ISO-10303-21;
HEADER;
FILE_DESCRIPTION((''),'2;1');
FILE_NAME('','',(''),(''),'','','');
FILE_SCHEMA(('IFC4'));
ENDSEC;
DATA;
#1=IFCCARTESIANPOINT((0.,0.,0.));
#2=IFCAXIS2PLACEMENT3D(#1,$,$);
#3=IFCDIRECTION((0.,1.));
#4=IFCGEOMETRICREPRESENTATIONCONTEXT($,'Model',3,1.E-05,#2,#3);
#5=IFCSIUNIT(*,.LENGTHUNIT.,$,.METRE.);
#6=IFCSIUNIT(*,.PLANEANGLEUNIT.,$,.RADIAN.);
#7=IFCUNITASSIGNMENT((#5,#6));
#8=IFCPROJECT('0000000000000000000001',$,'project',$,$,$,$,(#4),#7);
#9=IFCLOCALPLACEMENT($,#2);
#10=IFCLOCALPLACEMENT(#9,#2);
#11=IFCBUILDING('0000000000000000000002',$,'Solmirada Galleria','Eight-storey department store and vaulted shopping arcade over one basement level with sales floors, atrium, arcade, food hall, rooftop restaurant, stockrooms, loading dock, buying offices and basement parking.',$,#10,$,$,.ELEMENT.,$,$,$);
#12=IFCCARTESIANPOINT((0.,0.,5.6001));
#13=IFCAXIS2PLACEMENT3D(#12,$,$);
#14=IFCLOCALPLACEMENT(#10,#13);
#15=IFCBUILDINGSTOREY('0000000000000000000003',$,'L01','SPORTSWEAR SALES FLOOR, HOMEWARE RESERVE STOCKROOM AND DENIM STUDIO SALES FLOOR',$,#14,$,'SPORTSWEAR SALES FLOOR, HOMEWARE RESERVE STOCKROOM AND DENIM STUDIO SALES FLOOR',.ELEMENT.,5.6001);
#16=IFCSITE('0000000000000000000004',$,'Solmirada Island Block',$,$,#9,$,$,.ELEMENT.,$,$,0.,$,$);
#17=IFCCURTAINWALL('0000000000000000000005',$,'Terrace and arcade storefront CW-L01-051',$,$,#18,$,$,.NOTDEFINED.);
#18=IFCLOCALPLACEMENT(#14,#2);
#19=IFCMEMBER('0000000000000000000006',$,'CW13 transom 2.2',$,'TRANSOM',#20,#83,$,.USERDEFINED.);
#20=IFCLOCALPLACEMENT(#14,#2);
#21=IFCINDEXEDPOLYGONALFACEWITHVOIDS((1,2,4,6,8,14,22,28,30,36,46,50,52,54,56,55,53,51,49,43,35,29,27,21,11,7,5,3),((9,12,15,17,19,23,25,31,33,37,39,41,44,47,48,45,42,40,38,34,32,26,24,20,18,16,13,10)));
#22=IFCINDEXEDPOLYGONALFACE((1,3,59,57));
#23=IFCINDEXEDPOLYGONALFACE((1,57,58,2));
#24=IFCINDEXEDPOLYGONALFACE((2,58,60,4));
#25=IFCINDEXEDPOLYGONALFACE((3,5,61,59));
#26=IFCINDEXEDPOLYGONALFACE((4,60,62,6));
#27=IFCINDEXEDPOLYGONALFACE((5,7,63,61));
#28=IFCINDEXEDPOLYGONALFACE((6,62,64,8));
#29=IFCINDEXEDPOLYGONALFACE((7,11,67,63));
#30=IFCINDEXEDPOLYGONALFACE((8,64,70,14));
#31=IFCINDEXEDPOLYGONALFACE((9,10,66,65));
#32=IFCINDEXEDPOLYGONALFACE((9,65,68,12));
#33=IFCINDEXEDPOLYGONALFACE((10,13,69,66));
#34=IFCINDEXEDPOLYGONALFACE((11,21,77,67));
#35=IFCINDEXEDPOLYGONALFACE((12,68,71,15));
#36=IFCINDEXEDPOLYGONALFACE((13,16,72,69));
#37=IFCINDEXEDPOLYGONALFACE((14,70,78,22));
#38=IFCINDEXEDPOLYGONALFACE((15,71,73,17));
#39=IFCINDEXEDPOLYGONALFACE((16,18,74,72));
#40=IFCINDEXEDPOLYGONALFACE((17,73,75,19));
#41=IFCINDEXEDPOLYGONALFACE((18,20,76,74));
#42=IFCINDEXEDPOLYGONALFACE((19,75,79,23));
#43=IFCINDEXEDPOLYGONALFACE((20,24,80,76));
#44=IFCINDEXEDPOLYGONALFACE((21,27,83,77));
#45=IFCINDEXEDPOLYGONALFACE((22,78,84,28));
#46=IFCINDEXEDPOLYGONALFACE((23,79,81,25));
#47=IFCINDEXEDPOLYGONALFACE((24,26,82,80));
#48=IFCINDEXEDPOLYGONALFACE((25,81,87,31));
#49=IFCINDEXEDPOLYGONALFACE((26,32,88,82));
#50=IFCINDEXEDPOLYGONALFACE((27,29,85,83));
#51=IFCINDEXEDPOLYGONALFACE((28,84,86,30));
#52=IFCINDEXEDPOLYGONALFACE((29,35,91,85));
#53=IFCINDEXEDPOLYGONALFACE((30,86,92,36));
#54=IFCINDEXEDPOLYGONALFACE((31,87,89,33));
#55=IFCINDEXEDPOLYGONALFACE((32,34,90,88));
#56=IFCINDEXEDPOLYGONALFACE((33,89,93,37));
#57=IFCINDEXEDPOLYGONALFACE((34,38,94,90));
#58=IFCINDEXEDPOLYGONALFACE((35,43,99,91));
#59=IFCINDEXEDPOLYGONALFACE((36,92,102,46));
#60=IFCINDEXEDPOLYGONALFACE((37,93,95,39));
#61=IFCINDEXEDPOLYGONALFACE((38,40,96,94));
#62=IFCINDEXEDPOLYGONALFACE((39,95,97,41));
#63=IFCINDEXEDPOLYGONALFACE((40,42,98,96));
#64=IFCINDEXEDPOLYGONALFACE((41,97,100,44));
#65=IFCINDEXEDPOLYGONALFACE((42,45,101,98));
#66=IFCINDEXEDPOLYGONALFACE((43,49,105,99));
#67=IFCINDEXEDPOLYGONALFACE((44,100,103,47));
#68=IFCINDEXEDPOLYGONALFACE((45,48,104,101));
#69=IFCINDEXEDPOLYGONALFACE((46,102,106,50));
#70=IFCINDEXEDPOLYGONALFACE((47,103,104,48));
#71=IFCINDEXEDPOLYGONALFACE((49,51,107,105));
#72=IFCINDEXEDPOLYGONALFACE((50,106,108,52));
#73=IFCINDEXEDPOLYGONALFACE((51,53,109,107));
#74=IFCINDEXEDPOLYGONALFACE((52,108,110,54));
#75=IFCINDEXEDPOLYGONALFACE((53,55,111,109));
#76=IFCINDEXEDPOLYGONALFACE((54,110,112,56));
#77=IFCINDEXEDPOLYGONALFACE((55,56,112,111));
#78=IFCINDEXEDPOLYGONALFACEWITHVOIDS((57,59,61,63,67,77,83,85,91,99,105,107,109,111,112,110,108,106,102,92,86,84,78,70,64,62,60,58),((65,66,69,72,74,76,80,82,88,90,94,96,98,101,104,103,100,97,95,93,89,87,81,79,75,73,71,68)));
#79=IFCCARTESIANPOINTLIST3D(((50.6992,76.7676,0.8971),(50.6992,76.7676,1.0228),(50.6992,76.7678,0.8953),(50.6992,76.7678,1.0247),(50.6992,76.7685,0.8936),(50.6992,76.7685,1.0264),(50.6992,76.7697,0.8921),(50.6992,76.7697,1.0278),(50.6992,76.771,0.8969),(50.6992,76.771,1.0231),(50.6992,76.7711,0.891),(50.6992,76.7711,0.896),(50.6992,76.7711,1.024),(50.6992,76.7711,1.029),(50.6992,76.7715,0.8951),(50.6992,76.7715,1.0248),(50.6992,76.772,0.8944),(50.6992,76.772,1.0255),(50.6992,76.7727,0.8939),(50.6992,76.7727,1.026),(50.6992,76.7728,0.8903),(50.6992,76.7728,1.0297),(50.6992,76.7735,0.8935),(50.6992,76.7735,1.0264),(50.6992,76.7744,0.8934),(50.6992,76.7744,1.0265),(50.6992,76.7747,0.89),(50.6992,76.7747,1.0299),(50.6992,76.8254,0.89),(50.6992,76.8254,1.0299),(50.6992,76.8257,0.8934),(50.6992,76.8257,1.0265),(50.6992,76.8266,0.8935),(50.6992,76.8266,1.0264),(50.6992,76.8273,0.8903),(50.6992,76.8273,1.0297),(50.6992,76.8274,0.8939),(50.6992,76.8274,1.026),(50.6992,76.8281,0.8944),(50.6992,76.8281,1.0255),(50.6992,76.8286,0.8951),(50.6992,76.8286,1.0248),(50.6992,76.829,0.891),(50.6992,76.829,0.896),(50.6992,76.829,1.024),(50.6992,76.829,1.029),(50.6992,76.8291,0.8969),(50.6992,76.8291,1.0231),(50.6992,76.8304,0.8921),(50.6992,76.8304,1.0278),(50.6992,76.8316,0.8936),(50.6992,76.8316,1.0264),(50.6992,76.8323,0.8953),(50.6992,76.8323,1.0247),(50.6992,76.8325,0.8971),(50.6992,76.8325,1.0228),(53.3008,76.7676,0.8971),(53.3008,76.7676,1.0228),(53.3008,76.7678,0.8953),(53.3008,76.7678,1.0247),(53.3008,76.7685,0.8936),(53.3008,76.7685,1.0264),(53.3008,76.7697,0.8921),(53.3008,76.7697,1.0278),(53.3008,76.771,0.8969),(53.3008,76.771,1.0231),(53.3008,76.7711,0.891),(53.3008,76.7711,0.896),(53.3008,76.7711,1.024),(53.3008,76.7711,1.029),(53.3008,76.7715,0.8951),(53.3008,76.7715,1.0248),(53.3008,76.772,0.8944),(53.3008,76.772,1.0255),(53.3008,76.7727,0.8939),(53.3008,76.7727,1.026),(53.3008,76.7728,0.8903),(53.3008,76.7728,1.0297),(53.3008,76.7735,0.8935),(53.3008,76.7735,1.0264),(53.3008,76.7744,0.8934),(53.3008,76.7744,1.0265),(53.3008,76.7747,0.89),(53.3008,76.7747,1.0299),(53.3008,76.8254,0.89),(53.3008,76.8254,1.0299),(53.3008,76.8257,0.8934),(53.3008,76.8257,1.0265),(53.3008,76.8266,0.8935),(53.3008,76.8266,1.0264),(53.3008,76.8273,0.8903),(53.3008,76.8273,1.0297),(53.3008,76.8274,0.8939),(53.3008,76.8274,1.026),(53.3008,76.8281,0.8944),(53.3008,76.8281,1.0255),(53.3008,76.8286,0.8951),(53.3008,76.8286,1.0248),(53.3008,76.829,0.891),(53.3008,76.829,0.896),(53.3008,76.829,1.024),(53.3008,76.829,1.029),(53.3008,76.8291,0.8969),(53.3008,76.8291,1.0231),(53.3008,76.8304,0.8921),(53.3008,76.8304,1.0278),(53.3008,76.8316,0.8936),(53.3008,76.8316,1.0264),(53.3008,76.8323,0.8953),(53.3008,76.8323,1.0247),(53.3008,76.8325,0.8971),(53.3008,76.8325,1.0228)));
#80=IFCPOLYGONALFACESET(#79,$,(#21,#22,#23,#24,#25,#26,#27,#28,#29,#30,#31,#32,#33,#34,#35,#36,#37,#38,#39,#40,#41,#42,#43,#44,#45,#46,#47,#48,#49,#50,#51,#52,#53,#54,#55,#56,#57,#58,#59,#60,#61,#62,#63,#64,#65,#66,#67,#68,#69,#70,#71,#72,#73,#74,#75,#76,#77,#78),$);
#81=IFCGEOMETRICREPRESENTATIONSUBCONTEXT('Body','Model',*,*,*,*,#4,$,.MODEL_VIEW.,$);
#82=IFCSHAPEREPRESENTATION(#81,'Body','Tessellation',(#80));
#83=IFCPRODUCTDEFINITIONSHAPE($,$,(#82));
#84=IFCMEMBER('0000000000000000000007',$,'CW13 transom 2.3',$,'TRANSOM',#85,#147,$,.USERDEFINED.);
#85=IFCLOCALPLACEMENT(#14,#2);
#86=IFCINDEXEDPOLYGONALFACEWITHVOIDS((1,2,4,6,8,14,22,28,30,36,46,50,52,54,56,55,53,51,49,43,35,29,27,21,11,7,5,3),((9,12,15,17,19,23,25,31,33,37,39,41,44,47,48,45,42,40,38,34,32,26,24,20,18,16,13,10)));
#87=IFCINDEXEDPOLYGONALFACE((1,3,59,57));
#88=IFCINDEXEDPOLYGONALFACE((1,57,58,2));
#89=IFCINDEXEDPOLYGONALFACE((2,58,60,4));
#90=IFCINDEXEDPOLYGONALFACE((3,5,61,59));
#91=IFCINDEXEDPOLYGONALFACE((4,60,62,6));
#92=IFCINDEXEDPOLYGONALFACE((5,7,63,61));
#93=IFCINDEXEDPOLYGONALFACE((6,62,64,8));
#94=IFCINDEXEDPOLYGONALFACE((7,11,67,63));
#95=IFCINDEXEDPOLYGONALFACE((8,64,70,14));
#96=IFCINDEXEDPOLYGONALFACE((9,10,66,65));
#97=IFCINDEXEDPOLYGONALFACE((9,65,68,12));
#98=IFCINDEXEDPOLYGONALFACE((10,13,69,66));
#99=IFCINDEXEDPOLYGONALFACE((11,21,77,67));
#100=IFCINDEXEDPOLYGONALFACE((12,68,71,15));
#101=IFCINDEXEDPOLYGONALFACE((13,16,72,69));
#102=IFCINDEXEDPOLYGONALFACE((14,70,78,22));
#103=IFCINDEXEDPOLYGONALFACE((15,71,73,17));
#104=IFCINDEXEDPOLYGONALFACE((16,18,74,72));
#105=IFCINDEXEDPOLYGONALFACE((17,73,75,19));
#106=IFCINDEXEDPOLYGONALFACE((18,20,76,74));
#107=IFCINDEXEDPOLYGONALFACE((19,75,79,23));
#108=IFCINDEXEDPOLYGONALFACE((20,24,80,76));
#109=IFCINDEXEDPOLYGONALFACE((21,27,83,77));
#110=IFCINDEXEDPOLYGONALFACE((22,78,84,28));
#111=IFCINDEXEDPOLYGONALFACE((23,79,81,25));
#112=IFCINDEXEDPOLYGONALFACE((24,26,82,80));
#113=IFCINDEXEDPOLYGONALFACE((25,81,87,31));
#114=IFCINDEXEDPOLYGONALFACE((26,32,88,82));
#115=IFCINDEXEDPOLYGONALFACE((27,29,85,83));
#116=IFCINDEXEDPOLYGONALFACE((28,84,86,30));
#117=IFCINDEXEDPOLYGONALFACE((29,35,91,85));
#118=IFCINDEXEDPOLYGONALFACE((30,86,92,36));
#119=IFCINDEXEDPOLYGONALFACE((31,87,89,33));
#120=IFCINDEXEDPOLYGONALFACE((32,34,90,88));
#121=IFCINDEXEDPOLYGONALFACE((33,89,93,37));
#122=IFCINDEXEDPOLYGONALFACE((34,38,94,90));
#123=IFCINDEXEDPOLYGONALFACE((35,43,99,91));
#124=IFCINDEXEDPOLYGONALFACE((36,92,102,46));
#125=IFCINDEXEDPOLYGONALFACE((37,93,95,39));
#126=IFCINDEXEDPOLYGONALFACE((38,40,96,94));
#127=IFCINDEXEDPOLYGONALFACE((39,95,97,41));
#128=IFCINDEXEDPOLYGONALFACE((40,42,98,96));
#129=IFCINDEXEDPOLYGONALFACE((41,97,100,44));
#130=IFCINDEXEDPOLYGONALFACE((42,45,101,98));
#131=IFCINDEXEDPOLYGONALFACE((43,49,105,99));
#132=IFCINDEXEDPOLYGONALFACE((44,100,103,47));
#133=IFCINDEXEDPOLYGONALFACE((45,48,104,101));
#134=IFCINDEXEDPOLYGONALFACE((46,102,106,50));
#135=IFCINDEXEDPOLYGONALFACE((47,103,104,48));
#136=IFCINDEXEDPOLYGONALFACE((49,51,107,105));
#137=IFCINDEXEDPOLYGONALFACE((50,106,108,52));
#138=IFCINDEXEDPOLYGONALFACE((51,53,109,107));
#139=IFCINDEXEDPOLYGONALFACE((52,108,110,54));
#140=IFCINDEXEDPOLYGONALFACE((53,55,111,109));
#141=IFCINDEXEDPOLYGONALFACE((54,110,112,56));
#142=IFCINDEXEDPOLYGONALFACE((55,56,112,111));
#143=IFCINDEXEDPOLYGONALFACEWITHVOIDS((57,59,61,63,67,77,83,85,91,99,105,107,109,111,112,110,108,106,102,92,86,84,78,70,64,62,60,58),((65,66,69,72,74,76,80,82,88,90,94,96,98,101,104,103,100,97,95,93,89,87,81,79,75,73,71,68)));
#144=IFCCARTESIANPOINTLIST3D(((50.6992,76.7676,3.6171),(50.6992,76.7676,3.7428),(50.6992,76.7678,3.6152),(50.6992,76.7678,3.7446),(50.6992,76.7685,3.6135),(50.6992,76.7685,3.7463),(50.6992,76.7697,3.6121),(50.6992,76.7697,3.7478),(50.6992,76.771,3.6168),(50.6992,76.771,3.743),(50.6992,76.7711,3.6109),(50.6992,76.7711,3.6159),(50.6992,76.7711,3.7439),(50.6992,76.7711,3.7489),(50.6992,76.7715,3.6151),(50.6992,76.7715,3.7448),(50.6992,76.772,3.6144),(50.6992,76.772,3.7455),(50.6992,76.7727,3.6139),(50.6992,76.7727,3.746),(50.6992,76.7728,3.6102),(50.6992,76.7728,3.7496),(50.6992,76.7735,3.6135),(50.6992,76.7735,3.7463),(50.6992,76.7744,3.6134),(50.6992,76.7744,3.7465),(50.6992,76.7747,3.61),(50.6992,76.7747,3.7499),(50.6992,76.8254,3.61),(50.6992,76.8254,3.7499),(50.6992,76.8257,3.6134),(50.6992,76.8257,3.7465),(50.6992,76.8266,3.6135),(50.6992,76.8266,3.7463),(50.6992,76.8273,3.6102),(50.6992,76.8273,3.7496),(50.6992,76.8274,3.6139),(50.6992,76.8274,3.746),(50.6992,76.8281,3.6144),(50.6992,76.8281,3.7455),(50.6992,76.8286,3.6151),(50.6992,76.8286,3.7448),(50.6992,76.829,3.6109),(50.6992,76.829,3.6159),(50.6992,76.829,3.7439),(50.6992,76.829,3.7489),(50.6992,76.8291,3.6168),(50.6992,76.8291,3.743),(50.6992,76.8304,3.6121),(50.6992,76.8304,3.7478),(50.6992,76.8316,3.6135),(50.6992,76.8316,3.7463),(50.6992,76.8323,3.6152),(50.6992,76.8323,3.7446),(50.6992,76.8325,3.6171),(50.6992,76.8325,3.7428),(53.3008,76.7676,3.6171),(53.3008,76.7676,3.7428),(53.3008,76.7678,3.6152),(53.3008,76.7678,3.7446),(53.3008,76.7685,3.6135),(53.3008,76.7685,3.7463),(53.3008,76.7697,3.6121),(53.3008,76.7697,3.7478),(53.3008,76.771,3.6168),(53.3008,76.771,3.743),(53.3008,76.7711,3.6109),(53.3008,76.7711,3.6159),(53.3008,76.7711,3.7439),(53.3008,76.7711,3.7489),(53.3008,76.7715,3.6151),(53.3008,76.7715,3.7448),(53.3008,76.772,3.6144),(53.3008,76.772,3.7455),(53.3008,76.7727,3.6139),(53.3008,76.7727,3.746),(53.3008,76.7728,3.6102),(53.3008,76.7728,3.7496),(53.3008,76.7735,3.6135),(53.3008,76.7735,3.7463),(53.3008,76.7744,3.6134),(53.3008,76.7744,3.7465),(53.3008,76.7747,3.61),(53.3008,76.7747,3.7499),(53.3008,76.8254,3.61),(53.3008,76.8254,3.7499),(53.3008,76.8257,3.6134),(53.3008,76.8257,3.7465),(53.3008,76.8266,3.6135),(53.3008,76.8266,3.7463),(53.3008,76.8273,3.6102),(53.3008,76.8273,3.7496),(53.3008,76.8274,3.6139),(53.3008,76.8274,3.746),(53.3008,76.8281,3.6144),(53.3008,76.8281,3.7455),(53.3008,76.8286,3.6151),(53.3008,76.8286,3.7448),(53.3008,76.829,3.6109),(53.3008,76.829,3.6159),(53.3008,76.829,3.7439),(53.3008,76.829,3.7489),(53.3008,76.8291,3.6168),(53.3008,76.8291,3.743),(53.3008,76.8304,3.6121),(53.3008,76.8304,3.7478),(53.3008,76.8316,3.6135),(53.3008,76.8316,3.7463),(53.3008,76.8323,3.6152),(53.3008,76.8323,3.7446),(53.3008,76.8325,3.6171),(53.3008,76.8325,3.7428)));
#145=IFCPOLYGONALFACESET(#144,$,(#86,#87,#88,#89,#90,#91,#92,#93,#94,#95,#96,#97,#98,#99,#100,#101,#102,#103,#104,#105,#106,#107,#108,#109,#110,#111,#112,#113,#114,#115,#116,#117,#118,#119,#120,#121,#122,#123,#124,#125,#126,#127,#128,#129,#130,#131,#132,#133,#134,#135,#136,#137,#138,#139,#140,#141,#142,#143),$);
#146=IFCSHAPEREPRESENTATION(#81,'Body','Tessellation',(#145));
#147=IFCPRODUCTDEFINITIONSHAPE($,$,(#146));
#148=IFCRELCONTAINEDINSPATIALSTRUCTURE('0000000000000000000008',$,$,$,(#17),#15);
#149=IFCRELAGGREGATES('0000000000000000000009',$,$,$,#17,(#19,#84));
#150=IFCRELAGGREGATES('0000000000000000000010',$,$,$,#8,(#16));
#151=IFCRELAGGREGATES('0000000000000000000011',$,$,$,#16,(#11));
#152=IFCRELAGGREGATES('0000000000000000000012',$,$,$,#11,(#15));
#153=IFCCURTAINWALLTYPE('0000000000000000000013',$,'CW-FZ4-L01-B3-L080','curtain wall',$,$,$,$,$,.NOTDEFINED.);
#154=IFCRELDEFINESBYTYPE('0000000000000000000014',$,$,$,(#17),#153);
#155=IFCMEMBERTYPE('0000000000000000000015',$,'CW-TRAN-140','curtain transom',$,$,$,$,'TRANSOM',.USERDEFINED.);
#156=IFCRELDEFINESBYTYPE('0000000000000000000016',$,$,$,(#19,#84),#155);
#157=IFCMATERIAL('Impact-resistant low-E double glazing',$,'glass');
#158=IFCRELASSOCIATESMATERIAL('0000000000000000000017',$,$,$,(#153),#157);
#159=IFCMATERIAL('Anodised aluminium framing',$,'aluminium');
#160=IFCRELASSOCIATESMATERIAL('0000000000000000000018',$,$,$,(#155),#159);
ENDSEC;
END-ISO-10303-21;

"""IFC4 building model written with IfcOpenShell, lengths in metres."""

from ifc_helpers import new_model, si_unit, direction, frame, origin, origin_2d, place, context, subcontext, project, spatial, hollow_rectangle, extrude, material, material_profile, profile_set, type_object, element, aggregate, save


model = new_model("IFC4")

# Units and contexts
model_context = context("Model", 3, precision=1e-05, world=origin(), true_north=direction((0.0, 1.0)))
body_context = subcontext(model_context, "Body", "Model", "MODEL_VIEW")
ifc_project = project(units=[si_unit("LENGTHUNIT", "METRE"), si_unit("PLANEANGLEUNIT", "RADIAN")], contexts=[model_context])

# Site, building, storey
site_placement = place(None, origin())
site = spatial("IfcSite", under=ifc_project, at=site_placement, Name="Solmirada Island Block", CompositionType="ELEMENT", RefElevation=0.0)
building_placement = place(site_placement, origin())
building = spatial("IfcBuilding", under=site, at=building_placement, Name="Solmirada Galleria", Description="Eight-storey department store and vaulted shopping arcade over one basement level with sales floors, atrium, arcade, food hall, rooftop restaurant, stockrooms, loading dock, buying offices and basement parking.", CompositionType="ELEMENT")
storey_placement = place(building_placement, frame((0.0, 0.0, 5.6001)))
storey = spatial("IfcBuildingStorey", under=building, at=storey_placement, Name="L01", Description="SPORTSWEAR SALES FLOOR, HOMEWARE RESERVE STOCKROOM AND DENIM STUDIO SALES FLOOR", LongName="SPORTSWEAR SALES FLOOR, HOMEWARE RESERVE STOCKROOM AND DENIM STUDIO SALES FLOOR", CompositionType="ELEMENT", Elevation=5.6001)

# Curtain wall
ifc_material_1 = material(Name="Impact-resistant low-E double glazing", Category="glass")
curtain_wall_type = type_object("IfcCurtainWallType", Name="CW-FZ4-L01-B3-L080", Description="curtain wall", PredefinedType="NOTDEFINED", material=ifc_material_1)
curtain_wall_1_placement = place(storey_placement, origin())
curtain_wall_1 = element("IfcCurtainWall", 1, at=curtain_wall_1_placement, inside=storey, type_object=curtain_wall_type, Name="Terrace and arcade storefront CW-L01-051", PredefinedType="NOTDEFINED")
ifc_material_2 = material(Name="Anodised aluminium framing", Category="aluminium")

# Members
ifc_material_profile_1 = material_profile(ifc_material_2, hollow_rectangle(XDim=0.0649, YDim=0.1399, WallThickness=0.0034, InnerFilletRadius=0.0034, OuterFilletRadius=0.0071, at=origin_2d()), Name="ALU-TRAN-140X65")
ifc_profile_set_1 = profile_set([ifc_material_profile_1], Name="Anodised aluminium framing")
member_type_1 = type_object("IfcMemberType", Name="CW-TRAN-140", Description="curtain transom", ElementType="TRANSOM", PredefinedType="USERDEFINED", material=ifc_profile_set_1)
member_1_placement = place(storey_placement, frame((53.3008, 76.8, 0.96), z_axis=(-1.0, 0.0, 0.0), x_axis=(0.0, -1.0, 0.0)))
member_1 = element("IfcMember", 2, at=member_1_placement, type_object=member_type_1, Name="CW13 transom 2.2", ObjectType="TRANSOM", PredefinedType="USERDEFINED", context=body_context, shape_type="SweptSolid", body=[
    extrude(hollow_rectangle(XDim=0.0649, YDim=0.1399, WallThickness=0.0034, InnerFilletRadius=0.0034, OuterFilletRadius=0.0071, at=origin_2d()), origin(), (0.0, 0.0, 1.0), 2.6016),
])
member_2_placement = place(storey_placement, frame((53.3008, 76.8, 3.6799), z_axis=(-1.0, 0.0, 0.0), x_axis=(0.0, -1.0, 0.0)))
member_2 = element("IfcMember", 3, at=member_2_placement, type_object=member_type_1, Name="CW13 transom 2.3", ObjectType="TRANSOM", PredefinedType="USERDEFINED", context=body_context, shape_type="SweptSolid", body=[
    extrude(hollow_rectangle(XDim=0.0649, YDim=0.1399, WallThickness=0.0034, InnerFilletRadius=0.0034, OuterFilletRadius=0.0071, at=origin_2d()), origin(), (0.0, 0.0, 1.0), 2.6016),
])

aggregate(curtain_wall_1, [member_1, member_2])

save(model, "model.ifc")
